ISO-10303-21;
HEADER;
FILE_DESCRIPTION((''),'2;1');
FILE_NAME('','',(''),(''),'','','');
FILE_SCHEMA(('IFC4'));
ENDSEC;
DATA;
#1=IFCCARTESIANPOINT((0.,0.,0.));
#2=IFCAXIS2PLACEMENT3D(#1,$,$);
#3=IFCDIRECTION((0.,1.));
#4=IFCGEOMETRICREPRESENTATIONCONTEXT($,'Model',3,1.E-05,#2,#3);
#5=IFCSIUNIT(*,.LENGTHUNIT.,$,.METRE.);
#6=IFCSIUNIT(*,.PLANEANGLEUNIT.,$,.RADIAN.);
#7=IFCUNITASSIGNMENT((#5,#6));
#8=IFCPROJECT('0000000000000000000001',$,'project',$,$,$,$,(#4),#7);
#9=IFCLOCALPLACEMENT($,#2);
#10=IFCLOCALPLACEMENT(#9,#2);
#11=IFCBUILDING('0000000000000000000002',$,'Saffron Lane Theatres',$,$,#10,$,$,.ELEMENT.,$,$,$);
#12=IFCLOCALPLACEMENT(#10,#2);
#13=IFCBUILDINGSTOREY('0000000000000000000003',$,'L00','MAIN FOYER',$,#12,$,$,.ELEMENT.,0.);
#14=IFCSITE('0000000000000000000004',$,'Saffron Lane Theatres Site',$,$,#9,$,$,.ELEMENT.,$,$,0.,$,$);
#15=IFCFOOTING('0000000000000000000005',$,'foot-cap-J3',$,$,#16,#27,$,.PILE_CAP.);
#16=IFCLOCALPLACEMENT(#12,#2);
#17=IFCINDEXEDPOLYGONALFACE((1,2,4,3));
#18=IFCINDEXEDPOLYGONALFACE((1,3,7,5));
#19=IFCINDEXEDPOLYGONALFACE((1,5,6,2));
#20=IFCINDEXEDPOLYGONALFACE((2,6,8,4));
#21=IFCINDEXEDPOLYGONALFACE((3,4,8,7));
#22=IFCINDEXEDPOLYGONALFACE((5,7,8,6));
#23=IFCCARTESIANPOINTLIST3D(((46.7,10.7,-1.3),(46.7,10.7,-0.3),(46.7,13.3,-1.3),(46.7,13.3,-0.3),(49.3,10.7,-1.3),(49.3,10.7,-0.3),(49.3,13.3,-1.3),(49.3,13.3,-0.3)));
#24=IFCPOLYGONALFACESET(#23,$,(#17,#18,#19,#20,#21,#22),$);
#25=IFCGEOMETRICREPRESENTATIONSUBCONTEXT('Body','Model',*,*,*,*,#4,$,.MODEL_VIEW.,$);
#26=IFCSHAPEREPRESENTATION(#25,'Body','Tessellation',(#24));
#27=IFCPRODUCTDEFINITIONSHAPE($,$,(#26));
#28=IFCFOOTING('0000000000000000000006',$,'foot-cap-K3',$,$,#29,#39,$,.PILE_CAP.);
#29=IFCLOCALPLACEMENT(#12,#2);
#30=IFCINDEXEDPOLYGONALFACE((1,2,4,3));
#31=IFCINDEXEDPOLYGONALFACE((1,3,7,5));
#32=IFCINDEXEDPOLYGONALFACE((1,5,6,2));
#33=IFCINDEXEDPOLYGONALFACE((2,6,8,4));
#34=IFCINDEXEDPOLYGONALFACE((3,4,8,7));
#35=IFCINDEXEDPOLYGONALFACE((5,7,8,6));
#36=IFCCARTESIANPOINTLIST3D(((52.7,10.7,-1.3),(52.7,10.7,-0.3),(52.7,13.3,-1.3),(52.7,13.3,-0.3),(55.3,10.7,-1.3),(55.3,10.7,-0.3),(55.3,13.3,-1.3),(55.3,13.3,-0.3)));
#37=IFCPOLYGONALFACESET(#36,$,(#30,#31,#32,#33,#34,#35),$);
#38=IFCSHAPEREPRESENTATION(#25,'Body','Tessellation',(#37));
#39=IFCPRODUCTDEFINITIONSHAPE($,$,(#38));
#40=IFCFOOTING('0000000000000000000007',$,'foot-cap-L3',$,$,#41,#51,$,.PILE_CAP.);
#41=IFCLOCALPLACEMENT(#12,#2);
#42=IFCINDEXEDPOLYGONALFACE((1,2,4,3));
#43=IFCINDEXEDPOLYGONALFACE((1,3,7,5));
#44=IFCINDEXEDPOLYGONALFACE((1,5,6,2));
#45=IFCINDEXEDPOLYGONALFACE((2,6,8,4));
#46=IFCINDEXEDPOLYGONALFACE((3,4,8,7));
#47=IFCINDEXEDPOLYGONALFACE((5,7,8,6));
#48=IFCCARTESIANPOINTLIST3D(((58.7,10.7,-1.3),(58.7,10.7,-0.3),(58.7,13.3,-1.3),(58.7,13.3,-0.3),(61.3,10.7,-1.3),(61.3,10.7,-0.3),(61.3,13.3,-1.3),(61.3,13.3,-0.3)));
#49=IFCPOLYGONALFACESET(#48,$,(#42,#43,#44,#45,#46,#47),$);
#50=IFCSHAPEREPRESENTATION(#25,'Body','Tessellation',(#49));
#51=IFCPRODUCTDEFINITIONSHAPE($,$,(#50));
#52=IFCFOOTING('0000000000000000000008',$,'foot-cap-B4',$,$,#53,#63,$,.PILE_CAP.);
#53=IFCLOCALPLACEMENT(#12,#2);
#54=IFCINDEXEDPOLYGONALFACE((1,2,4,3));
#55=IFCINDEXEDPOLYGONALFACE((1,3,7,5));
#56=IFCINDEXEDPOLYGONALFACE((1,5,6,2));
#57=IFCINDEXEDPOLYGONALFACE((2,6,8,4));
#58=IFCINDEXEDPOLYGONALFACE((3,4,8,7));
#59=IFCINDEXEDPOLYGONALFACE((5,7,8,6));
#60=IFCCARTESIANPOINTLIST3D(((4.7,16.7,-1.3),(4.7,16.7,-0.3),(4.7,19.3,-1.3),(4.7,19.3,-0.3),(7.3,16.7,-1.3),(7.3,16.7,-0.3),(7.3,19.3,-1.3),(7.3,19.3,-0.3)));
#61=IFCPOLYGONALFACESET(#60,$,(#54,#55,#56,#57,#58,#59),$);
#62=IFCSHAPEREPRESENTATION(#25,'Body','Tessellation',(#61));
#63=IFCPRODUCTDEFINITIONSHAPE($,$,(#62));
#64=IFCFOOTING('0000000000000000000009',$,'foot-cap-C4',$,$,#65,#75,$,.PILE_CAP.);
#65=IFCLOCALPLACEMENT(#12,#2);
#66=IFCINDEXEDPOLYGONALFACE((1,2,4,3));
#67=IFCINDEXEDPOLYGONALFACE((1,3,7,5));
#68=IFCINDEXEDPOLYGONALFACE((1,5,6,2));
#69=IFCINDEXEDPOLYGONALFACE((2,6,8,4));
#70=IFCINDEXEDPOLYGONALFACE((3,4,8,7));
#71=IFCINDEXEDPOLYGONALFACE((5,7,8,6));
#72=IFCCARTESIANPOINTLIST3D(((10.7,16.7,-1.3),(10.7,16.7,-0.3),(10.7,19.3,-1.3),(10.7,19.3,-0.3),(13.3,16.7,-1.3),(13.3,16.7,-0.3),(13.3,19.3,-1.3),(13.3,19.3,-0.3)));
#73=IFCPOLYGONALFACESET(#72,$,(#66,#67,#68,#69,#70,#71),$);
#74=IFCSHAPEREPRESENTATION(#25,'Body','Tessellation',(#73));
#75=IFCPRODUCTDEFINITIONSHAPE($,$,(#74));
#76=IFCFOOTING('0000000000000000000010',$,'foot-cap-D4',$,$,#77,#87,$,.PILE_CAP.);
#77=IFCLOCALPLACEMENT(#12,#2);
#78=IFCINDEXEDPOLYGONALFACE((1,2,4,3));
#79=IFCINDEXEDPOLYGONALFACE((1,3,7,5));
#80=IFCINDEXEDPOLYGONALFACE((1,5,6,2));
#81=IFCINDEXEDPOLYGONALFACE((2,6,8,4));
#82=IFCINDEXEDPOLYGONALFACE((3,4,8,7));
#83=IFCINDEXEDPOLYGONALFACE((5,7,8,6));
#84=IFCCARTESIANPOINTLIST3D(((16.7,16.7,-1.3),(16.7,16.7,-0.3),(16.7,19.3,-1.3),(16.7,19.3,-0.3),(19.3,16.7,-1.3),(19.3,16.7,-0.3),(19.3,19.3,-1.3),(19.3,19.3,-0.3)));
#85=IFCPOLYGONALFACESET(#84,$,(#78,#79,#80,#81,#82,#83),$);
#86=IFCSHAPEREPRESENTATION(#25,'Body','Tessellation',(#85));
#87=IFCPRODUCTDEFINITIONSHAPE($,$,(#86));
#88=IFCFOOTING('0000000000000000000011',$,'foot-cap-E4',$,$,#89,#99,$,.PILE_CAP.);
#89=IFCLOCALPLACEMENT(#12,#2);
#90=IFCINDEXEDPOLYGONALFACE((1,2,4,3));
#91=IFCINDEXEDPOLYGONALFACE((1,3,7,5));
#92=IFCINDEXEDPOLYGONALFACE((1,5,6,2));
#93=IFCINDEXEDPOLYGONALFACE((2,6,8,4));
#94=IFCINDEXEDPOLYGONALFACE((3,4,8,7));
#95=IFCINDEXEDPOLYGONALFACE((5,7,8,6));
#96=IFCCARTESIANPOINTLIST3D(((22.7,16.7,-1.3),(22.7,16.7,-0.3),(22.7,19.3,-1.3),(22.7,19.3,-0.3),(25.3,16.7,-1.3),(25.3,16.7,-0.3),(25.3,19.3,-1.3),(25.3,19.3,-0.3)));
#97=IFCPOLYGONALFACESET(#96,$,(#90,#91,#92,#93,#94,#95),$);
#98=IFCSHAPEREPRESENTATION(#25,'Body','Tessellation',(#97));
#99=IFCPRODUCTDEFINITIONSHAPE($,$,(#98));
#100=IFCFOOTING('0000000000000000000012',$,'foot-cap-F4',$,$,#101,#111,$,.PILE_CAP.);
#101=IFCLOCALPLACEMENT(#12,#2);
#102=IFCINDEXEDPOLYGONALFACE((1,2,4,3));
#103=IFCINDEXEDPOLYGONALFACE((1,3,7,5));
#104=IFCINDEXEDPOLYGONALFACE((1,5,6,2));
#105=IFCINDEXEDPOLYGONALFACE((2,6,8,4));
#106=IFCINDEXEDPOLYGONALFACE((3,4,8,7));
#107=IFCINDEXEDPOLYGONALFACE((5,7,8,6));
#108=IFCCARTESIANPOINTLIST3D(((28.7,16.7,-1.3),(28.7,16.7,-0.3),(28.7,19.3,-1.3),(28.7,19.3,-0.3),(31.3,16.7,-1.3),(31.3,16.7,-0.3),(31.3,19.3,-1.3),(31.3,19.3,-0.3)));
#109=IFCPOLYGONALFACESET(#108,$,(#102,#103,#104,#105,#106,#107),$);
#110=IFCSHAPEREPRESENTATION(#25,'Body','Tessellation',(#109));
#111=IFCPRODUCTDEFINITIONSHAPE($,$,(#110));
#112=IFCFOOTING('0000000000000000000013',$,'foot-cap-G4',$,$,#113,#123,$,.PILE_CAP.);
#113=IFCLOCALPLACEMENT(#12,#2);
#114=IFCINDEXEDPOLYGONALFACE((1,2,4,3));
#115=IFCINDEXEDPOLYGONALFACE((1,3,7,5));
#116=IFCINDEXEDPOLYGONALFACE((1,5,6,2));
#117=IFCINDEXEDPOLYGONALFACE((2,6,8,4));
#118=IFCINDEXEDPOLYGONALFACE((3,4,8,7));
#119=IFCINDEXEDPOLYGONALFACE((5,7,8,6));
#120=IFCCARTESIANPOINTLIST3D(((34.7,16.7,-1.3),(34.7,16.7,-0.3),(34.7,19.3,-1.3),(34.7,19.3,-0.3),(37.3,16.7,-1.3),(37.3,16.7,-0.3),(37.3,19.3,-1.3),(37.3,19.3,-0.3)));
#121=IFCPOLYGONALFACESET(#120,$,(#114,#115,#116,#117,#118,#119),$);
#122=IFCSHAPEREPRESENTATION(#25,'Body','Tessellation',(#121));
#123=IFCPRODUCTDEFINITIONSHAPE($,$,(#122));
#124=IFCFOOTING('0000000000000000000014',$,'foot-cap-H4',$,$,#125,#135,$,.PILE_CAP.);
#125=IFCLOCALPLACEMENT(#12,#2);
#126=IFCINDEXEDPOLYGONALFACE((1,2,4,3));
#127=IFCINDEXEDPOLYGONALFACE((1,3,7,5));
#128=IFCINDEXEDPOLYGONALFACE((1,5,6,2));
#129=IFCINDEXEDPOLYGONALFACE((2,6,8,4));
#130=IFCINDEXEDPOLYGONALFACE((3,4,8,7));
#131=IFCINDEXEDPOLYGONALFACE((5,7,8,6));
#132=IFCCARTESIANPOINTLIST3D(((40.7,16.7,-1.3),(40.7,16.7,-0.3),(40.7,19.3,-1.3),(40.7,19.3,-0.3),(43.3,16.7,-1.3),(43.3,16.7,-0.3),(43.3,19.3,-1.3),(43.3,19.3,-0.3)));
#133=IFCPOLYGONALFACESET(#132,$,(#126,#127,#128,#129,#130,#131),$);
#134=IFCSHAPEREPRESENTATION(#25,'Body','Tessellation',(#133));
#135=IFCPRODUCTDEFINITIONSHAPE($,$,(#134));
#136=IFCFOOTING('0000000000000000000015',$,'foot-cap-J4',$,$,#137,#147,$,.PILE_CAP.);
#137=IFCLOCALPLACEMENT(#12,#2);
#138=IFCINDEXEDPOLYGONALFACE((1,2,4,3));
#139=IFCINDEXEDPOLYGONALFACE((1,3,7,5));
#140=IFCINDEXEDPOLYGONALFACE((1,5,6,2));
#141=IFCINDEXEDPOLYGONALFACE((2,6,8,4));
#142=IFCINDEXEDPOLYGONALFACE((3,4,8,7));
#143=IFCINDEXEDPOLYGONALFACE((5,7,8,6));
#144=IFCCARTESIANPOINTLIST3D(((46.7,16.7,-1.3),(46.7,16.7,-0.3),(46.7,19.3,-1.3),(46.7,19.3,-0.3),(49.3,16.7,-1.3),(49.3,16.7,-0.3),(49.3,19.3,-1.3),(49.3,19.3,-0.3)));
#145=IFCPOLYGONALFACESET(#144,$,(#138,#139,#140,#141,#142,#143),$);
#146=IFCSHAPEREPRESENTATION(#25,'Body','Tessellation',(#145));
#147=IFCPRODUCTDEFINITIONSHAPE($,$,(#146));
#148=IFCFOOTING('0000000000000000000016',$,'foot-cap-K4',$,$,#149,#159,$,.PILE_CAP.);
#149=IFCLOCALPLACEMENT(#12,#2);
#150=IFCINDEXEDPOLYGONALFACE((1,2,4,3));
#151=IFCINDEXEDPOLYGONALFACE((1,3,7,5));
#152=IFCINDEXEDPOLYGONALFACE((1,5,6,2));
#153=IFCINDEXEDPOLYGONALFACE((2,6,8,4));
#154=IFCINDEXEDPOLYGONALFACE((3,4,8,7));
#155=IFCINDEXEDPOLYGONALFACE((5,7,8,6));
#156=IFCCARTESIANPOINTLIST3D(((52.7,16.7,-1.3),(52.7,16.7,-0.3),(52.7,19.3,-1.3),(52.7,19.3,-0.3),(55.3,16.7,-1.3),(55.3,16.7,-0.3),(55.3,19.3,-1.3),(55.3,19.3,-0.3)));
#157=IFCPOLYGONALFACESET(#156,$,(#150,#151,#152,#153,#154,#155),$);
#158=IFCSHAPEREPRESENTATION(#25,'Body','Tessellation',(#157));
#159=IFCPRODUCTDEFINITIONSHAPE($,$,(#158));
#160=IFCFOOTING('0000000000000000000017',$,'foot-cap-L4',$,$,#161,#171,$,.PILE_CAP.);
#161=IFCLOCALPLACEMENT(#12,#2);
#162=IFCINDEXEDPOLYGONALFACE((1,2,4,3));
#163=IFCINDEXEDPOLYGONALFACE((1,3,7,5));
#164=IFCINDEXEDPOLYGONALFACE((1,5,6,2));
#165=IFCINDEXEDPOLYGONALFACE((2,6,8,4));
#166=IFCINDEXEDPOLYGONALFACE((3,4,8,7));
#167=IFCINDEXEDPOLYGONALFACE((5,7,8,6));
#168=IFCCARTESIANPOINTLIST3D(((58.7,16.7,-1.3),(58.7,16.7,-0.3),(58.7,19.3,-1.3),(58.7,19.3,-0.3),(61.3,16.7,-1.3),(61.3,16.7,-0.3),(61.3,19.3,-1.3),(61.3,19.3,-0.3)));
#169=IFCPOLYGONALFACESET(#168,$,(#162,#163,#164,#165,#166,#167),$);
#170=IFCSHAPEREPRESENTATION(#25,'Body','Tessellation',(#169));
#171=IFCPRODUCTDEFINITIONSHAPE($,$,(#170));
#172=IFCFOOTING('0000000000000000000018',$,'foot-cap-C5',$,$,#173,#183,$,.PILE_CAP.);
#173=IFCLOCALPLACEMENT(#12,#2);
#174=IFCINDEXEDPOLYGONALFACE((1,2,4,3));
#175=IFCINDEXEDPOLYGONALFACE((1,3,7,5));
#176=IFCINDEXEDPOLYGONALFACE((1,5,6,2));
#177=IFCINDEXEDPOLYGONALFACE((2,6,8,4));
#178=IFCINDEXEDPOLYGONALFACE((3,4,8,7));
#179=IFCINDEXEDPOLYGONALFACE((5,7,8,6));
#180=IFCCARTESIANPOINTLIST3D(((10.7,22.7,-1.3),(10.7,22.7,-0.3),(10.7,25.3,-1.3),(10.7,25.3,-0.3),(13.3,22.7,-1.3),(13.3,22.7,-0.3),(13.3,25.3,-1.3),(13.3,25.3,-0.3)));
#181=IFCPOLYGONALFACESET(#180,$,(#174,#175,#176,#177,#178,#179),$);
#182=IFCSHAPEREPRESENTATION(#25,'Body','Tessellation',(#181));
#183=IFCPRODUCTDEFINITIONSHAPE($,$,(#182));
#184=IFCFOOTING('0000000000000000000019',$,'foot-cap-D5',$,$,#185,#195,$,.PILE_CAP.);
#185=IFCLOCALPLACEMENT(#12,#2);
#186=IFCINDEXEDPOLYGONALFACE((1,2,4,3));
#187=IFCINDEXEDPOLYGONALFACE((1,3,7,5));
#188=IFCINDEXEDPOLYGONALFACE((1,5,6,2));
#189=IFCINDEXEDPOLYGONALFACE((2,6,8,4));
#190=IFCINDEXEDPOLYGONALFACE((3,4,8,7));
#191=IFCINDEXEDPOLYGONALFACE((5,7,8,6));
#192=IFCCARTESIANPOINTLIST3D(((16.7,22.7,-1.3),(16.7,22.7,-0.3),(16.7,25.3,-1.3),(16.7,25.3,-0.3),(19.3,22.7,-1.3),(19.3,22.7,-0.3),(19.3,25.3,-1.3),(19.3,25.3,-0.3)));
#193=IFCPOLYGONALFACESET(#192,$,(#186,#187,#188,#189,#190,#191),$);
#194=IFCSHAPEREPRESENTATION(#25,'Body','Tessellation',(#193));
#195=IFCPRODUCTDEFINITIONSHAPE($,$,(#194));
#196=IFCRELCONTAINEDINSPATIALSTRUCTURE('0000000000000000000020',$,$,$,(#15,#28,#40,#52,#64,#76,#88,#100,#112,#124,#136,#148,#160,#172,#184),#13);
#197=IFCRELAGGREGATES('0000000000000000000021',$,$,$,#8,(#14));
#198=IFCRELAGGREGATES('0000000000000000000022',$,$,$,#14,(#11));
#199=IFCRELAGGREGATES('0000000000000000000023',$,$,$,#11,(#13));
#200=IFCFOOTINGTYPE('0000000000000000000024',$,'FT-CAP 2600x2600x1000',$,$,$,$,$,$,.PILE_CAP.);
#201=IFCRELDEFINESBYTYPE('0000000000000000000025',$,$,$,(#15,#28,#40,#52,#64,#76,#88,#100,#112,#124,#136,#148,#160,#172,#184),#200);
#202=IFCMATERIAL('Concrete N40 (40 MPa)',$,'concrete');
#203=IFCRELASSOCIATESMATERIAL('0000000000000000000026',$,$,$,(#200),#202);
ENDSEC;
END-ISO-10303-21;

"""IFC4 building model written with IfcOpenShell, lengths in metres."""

from ifc_helpers import new_model, si_unit, direction, frame, origin, place, context, subcontext, project, spatial, polyline, outline, extrude, material, type_object, element, save


model = new_model("IFC4")

# Units and contexts
model_context = context("Model", 3, precision=1e-05, world=origin(), true_north=direction((0.0, 1.0)))
body_context = subcontext(model_context, "Body", "Model", "MODEL_VIEW")
ifc_project = project(units=[si_unit("LENGTHUNIT", "METRE"), si_unit("PLANEANGLEUNIT", "RADIAN")], contexts=[model_context])

# Site, building, storey
site_placement = place(None, origin())
site = spatial("IfcSite", under=ifc_project, at=site_placement, Name="Saffron Lane Theatres Site", CompositionType="ELEMENT", RefElevation=0.0)
building_placement = place(site_placement, origin())
building = spatial("IfcBuilding", under=site, at=building_placement, Name="Saffron Lane Theatres", CompositionType="ELEMENT")
storey_placement = place(building_placement, origin())
storey = spatial("IfcBuildingStorey", under=building, at=storey_placement, Name="L00", Description="MAIN FOYER", CompositionType="ELEMENT", Elevation=0.0)

# Footings
ifc_material_1 = material(Name="Concrete N40 (40 MPa)", Category="concrete")
footing_type_1 = type_object("IfcFootingType", Name="FT-CAP 2600x2600x1000", PredefinedType="PILE_CAP", material=ifc_material_1)
footing_1_placement = place(storey_placement, frame((0.0, 0.0, -1.3)))
element("IfcFooting", 1, at=footing_1_placement, inside=storey, type_object=footing_type_1, Name="foot-cap-J3", PredefinedType="PILE_CAP", context=body_context, shape_type="SweptSolid", body=[
    extrude(outline(polyline([(46.7, 10.7), (49.3, 10.7), (49.3, 13.3), (46.7, 13.3), (46.7, 10.7)])), origin(), (0.0, 0.0, 1.0), 1.0),
])
footing_2_placement = place(storey_placement, frame((0.0, 0.0, -1.3)))
element("IfcFooting", 2, at=footing_2_placement, inside=storey, type_object=footing_type_1, Name="foot-cap-K3", PredefinedType="PILE_CAP", context=body_context, shape_type="SweptSolid", body=[
    extrude(outline(polyline([(52.7, 10.7), (55.3, 10.7), (55.3, 13.3), (52.7, 13.3), (52.7, 10.7)])), origin(), (0.0, 0.0, 1.0), 1.0),
])
footing_3_placement = place(storey_placement, frame((0.0, 0.0, -1.3)))
element("IfcFooting", 3, at=footing_3_placement, inside=storey, type_object=footing_type_1, Name="foot-cap-L3", PredefinedType="PILE_CAP", context=body_context, shape_type="SweptSolid", body=[
    extrude(outline(polyline([(58.7, 10.7), (61.3, 10.7), (61.3, 13.3), (58.7, 13.3), (58.7, 10.7)])), origin(), (0.0, 0.0, 1.0), 1.0),
])
footing_4_placement = place(storey_placement, frame((0.0, 0.0, -1.3)))
element("IfcFooting", 4, at=footing_4_placement, inside=storey, type_object=footing_type_1, Name="foot-cap-B4", PredefinedType="PILE_CAP", context=body_context, shape_type="SweptSolid", body=[
    extrude(outline(polyline([(4.7, 16.7), (7.3, 16.7), (7.3, 19.3), (4.7, 19.3), (4.7, 16.7)])), origin(), (0.0, 0.0, 1.0), 1.0),
])
footing_5_placement = place(storey_placement, frame((0.0, 0.0, -1.3)))
element("IfcFooting", 5, at=footing_5_placement, inside=storey, type_object=footing_type_1, Name="foot-cap-C4", PredefinedType="PILE_CAP", context=body_context, shape_type="SweptSolid", body=[
    extrude(outline(polyline([(10.7, 16.7), (13.3, 16.7), (13.3, 19.3), (10.7, 19.3), (10.7, 16.7)])), origin(), (0.0, 0.0, 1.0), 1.0),
])
footing_6_placement = place(storey_placement, frame((0.0, 0.0, -1.3)))
element("IfcFooting", 6, at=footing_6_placement, inside=storey, type_object=footing_type_1, Name="foot-cap-D4", PredefinedType="PILE_CAP", context=body_context, shape_type="SweptSolid", body=[
    extrude(outline(polyline([(16.7, 16.7), (19.3, 16.7), (19.3, 19.3), (16.7, 19.3), (16.7, 16.7)])), origin(), (0.0, 0.0, 1.0), 1.0),
])
footing_7_placement = place(storey_placement, frame((0.0, 0.0, -1.3)))
element("IfcFooting", 7, at=footing_7_placement, inside=storey, type_object=footing_type_1, Name="foot-cap-E4", PredefinedType="PILE_CAP", context=body_context, shape_type="SweptSolid", body=[
    extrude(outline(polyline([(22.7, 16.7), (25.3, 16.7), (25.3, 19.3), (22.7, 19.3), (22.7, 16.7)])), origin(), (0.0, 0.0, 1.0), 1.0),
])
footing_8_placement = place(storey_placement, frame((0.0, 0.0, -1.3)))
element("IfcFooting", 8, at=footing_8_placement, inside=storey, type_object=footing_type_1, Name="foot-cap-F4", PredefinedType="PILE_CAP", context=body_context, shape_type="SweptSolid", body=[
    extrude(outline(polyline([(28.7, 16.7), (31.3, 16.7), (31.3, 19.3), (28.7, 19.3), (28.7, 16.7)])), origin(), (0.0, 0.0, 1.0), 1.0),
])
footing_9_placement = place(storey_placement, frame((0.0, 0.0, -1.3)))
element("IfcFooting", 9, at=footing_9_placement, inside=storey, type_object=footing_type_1, Name="foot-cap-G4", PredefinedType="PILE_CAP", context=body_context, shape_type="SweptSolid", body=[
    extrude(outline(polyline([(34.7, 16.7), (37.3, 16.7), (37.3, 19.3), (34.7, 19.3), (34.7, 16.7)])), origin(), (0.0, 0.0, 1.0), 1.0),
])
footing_10_placement = place(storey_placement, frame((0.0, 0.0, -1.3)))
element("IfcFooting", 10, at=footing_10_placement, inside=storey, type_object=footing_type_1, Name="foot-cap-H4", PredefinedType="PILE_CAP", context=body_context, shape_type="SweptSolid", body=[
    extrude(outline(polyline([(40.7, 16.7), (43.3, 16.7), (43.3, 19.3), (40.7, 19.3), (40.7, 16.7)])), origin(), (0.0, 0.0, 1.0), 1.0),
])
footing_11_placement = place(storey_placement, frame((0.0, 0.0, -1.3)))
element("IfcFooting", 11, at=footing_11_placement, inside=storey, type_object=footing_type_1, Name="foot-cap-J4", PredefinedType="PILE_CAP", context=body_context, shape_type="SweptSolid", body=[
    extrude(outline(polyline([(46.7, 16.7), (49.3, 16.7), (49.3, 19.3), (46.7, 19.3), (46.7, 16.7)])), origin(), (0.0, 0.0, 1.0), 1.0),
])
footing_12_placement = place(storey_placement, frame((0.0, 0.0, -1.3)))
element("IfcFooting", 12, at=footing_12_placement, inside=storey, type_object=footing_type_1, Name="foot-cap-K4", PredefinedType="PILE_CAP", context=body_context, shape_type="SweptSolid", body=[
    extrude(outline(polyline([(52.7, 16.7), (55.3, 16.7), (55.3, 19.3), (52.7, 19.3), (52.7, 16.7)])), origin(), (0.0, 0.0, 1.0), 1.0),
])
footing_13_placement = place(storey_placement, frame((0.0, 0.0, -1.3)))
element("IfcFooting", 13, at=footing_13_placement, inside=storey, type_object=footing_type_1, Name="foot-cap-L4", PredefinedType="PILE_CAP", context=body_context, shape_type="SweptSolid", body=[
    extrude(outline(polyline([(58.7, 16.7), (61.3, 16.7), (61.3, 19.3), (58.7, 19.3), (58.7, 16.7)])), origin(), (0.0, 0.0, 1.0), 1.0),
])
footing_14_placement = place(storey_placement, frame((0.0, 0.0, -1.3)))
element("IfcFooting", 14, at=footing_14_placement, inside=storey, type_object=footing_type_1, Name="foot-cap-C5", PredefinedType="PILE_CAP", context=body_context, shape_type="SweptSolid", body=[
    extrude(outline(polyline([(10.7, 22.7), (13.3, 22.7), (13.3, 25.3), (10.7, 25.3), (10.7, 22.7)])), origin(), (0.0, 0.0, 1.0), 1.0),
])
footing_15_placement = place(storey_placement, frame((0.0, 0.0, -1.3)))
element("IfcFooting", 15, at=footing_15_placement, inside=storey, type_object=footing_type_1, Name="foot-cap-D5", PredefinedType="PILE_CAP", context=body_context, shape_type="SweptSolid", body=[
    extrude(outline(polyline([(16.7, 22.7), (19.3, 22.7), (19.3, 25.3), (16.7, 25.3), (16.7, 22.7)])), origin(), (0.0, 0.0, 1.0), 1.0),
])

save(model, "model.ifc")
